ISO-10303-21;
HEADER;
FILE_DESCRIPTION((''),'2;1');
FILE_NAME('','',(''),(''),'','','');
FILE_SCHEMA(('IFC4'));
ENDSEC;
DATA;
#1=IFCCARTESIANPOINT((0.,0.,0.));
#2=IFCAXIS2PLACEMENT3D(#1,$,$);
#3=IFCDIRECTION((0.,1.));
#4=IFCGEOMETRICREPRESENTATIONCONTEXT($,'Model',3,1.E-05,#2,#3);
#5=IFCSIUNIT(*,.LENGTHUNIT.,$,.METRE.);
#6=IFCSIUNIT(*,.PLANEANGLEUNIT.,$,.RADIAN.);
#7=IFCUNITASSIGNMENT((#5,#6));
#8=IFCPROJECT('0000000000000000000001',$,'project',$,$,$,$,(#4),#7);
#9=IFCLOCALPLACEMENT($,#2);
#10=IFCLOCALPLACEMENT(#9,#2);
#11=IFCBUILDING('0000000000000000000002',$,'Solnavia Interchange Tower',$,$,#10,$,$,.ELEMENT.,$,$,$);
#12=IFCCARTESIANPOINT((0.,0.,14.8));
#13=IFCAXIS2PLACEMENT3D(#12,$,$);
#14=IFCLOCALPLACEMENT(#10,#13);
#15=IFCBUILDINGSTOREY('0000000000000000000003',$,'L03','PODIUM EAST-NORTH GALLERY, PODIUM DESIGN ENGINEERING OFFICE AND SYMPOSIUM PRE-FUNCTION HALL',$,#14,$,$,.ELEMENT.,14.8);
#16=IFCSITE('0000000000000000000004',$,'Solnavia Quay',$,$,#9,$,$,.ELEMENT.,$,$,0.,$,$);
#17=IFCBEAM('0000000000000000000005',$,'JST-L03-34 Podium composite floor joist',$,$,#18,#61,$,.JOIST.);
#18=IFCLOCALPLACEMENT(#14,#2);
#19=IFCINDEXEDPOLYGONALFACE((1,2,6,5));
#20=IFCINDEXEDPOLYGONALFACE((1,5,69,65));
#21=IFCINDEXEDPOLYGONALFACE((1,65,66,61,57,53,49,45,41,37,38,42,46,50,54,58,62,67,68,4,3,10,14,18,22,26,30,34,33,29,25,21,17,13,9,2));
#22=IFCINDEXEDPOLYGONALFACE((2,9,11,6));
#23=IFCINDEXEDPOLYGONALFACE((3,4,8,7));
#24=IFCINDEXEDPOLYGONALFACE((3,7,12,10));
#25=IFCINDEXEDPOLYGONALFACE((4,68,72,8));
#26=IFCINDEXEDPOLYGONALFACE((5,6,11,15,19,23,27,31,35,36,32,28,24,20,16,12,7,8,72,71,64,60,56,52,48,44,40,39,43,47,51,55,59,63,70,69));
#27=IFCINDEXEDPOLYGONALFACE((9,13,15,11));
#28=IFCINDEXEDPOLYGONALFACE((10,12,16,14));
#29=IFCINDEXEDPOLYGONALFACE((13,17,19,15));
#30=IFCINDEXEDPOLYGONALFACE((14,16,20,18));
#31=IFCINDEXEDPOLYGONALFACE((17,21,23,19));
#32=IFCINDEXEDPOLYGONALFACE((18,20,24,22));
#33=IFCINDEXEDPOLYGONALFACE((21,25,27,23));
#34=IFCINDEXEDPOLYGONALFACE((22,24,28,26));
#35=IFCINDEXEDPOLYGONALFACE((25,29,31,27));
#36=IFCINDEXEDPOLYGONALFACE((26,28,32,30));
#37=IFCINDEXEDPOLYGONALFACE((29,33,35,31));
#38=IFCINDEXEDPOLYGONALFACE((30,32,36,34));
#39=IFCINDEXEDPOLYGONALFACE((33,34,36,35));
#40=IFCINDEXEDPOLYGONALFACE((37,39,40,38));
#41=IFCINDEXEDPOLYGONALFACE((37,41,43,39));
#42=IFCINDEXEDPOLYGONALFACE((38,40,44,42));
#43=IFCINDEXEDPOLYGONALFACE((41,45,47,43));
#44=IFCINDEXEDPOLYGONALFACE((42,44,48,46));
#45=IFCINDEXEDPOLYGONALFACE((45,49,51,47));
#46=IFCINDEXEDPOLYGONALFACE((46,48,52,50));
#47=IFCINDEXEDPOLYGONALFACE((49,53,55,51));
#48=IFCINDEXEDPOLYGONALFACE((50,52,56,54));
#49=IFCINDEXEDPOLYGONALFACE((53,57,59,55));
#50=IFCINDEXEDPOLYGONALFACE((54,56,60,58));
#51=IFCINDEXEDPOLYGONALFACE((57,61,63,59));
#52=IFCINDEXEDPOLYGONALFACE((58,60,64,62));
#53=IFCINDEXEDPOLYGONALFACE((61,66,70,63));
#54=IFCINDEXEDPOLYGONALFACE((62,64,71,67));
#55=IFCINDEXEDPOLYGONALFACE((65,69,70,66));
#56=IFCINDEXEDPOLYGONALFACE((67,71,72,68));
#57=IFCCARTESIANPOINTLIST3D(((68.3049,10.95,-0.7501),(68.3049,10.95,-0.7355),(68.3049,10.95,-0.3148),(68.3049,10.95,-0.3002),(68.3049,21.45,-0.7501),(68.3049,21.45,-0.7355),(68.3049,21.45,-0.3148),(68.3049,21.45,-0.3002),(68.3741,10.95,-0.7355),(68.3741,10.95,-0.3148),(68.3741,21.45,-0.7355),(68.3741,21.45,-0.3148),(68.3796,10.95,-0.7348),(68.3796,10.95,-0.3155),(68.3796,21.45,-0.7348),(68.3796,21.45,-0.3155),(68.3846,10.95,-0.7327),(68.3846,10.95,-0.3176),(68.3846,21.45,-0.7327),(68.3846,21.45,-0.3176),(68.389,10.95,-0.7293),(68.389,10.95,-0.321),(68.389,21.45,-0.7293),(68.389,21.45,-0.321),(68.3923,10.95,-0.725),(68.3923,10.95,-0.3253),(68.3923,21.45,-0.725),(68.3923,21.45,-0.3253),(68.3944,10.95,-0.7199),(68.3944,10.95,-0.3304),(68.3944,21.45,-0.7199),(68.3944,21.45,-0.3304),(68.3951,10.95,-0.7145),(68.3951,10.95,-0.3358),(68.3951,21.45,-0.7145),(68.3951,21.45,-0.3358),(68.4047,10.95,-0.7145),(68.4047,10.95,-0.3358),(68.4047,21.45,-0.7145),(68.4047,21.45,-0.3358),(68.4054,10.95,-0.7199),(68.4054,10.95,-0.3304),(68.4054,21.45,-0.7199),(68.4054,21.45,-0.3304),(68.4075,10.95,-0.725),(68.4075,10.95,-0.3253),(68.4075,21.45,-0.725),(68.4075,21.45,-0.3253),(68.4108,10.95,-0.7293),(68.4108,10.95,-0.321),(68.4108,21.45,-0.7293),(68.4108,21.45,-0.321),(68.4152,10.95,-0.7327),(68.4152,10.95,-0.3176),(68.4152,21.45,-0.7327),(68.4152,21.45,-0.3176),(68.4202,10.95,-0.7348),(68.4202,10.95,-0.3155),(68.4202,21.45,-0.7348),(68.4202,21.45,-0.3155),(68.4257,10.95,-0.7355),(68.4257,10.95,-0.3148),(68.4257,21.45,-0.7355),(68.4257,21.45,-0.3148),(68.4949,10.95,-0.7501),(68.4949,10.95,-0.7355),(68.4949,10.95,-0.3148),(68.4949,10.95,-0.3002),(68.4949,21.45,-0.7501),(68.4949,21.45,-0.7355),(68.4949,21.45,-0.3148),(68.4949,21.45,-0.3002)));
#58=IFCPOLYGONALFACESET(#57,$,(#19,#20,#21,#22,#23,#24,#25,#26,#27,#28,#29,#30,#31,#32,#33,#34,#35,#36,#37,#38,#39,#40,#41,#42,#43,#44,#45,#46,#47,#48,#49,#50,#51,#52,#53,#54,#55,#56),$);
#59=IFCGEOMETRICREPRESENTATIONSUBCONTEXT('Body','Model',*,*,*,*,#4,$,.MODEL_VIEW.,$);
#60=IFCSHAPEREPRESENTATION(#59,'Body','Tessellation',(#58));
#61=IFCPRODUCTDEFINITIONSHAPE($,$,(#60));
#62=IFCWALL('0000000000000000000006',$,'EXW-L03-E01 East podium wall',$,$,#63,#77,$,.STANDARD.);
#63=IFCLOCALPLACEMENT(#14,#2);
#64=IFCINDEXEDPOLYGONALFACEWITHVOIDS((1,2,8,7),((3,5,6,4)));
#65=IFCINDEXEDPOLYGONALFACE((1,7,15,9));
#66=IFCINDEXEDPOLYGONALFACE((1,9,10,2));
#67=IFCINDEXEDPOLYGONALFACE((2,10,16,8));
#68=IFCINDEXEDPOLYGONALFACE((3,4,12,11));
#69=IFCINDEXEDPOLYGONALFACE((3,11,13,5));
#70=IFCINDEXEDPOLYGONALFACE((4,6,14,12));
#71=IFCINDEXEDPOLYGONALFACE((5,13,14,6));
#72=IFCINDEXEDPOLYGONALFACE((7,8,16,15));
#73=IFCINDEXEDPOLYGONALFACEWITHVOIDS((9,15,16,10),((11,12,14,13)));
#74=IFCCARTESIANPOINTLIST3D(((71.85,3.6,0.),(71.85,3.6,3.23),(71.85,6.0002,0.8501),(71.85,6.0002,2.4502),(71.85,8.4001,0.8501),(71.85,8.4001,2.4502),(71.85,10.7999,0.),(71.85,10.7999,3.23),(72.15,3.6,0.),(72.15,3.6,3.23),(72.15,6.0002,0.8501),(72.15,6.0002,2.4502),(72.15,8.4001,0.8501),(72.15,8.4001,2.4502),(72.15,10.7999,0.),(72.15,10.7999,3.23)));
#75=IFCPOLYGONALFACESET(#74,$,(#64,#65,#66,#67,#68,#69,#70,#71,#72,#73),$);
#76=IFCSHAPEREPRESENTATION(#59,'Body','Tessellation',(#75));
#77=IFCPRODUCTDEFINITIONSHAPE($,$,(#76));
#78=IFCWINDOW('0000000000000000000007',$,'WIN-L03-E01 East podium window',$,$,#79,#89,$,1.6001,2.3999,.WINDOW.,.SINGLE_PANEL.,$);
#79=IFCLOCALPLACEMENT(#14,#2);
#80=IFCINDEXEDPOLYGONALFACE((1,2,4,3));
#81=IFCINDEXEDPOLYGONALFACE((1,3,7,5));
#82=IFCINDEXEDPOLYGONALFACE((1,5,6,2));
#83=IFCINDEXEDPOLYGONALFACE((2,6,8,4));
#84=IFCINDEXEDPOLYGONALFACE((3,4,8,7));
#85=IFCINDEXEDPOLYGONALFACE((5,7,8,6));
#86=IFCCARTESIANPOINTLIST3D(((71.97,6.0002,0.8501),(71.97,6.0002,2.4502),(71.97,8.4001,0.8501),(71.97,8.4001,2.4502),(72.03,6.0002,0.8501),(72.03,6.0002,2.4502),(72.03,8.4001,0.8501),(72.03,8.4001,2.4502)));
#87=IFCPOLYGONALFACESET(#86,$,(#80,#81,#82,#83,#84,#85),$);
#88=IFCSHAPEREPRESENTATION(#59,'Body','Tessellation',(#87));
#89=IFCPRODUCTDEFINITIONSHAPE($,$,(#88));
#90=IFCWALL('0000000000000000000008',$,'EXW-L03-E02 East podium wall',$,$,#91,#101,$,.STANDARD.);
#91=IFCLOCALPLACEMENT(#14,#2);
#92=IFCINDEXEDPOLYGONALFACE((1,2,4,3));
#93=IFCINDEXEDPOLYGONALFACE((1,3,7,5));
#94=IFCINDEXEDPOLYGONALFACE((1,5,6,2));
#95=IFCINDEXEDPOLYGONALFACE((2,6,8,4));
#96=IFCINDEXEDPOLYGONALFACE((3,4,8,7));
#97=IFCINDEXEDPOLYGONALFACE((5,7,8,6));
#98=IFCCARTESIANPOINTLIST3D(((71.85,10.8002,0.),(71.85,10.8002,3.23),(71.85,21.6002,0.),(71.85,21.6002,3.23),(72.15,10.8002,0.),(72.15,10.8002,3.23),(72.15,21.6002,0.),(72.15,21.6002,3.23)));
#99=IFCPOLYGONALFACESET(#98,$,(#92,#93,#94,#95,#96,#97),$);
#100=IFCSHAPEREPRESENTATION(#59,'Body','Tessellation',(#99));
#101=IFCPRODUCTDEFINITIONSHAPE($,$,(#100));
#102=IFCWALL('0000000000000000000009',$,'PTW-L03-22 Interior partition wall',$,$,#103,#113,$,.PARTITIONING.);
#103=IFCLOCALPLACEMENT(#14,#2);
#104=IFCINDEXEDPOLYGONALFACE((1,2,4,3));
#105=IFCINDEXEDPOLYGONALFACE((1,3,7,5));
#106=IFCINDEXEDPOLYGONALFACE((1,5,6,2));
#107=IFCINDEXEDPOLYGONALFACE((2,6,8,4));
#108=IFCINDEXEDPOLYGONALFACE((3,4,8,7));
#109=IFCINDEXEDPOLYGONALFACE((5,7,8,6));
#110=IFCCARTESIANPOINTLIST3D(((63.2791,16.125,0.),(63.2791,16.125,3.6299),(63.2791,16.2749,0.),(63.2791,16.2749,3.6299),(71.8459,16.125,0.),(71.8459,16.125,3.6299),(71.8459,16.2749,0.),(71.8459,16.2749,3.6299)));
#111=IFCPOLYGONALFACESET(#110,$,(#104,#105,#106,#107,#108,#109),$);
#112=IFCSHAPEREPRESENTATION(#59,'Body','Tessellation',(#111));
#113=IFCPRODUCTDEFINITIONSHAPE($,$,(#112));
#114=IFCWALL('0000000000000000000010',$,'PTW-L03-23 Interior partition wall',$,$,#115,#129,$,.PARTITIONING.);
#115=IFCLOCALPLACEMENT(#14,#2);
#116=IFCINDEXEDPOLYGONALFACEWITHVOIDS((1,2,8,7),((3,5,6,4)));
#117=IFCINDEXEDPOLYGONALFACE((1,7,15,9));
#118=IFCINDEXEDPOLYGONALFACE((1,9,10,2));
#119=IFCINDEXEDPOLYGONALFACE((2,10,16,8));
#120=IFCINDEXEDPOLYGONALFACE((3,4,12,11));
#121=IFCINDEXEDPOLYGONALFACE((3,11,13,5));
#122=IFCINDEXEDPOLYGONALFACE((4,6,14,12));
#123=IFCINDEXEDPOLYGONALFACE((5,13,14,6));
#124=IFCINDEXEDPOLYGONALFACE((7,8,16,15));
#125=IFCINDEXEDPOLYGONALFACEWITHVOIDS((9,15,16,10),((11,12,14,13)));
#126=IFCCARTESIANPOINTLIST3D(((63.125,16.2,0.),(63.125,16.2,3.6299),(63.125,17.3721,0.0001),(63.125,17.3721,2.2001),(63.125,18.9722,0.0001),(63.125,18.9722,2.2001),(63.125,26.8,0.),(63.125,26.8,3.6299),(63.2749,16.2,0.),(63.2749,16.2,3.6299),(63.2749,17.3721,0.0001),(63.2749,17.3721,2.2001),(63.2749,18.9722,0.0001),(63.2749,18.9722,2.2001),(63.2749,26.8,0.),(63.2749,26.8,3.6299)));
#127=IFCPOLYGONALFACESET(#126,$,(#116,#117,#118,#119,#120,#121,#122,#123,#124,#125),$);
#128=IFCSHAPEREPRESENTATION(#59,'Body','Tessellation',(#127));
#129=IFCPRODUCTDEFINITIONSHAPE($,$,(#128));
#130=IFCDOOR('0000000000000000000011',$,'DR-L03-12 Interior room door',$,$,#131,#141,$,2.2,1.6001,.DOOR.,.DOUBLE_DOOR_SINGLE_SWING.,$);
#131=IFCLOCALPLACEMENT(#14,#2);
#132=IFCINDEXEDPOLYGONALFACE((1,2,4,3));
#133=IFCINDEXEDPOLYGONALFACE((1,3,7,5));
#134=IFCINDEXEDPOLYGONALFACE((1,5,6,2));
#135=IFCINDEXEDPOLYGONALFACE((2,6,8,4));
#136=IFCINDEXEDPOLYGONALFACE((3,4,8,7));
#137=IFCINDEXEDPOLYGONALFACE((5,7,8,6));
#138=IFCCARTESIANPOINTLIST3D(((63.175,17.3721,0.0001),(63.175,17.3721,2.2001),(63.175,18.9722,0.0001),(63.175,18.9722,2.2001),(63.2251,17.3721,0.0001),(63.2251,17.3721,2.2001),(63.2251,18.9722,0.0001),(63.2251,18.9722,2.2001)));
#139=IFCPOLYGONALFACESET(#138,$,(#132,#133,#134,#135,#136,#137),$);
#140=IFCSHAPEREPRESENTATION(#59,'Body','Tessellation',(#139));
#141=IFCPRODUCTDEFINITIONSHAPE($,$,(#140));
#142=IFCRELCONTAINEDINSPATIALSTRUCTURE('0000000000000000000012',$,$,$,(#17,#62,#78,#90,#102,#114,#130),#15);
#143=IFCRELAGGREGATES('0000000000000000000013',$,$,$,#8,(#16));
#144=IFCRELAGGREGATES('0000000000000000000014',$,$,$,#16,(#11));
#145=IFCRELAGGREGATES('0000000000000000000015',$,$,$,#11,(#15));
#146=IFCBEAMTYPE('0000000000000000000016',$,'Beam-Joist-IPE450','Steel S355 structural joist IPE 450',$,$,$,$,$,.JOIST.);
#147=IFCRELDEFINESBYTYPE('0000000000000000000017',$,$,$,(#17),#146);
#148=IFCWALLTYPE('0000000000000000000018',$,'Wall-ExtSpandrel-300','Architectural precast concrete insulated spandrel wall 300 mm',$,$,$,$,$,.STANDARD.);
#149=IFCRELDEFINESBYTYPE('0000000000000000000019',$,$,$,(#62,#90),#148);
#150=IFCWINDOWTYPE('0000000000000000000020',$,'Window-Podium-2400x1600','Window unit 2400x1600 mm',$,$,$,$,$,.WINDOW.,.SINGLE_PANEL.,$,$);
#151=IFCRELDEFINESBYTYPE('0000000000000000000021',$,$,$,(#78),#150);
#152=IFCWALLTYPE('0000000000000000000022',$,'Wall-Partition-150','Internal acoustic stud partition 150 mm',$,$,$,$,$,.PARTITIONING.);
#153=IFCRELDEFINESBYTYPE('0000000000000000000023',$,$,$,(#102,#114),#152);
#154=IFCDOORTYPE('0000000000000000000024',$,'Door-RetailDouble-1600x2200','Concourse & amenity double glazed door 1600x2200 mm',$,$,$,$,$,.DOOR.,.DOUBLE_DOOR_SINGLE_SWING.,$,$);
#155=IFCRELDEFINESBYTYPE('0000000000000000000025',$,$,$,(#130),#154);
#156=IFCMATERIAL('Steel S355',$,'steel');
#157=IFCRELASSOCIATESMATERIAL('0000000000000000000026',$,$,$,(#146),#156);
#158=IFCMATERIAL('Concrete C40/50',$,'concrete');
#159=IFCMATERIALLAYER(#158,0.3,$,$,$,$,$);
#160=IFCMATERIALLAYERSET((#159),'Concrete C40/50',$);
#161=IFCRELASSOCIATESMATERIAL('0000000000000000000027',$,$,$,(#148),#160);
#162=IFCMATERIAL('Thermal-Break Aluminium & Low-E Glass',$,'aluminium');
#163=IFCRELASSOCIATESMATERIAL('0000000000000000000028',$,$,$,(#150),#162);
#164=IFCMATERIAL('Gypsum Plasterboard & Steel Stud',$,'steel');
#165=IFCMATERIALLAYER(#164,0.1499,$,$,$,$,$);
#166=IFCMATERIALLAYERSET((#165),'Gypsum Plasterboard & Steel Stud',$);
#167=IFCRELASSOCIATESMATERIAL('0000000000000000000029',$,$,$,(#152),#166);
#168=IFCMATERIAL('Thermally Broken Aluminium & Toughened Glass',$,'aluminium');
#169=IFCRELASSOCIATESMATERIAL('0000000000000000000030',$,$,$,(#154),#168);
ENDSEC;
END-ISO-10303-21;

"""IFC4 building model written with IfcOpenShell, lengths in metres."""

from ifc_helpers import new_model, si_unit, direction, frame, frame_2d, origin, origin_2d, place, context, subcontext, project, spatial, rectangle, i_section, extrude, material, layer, layer_set, material_profile, profile_set, type_object, element, fill, save


model = new_model("IFC4")

# Units and contexts
model_context = context("Model", 3, precision=1e-05, world=origin(), true_north=direction((0.0, 1.0)))
body_context = subcontext(model_context, "Body", "Model", "MODEL_VIEW")
ifc_project = project(units=[si_unit("LENGTHUNIT", "METRE"), si_unit("PLANEANGLEUNIT", "RADIAN")], contexts=[model_context])

# Site, building, storey
site_placement = place(None, origin())
site = spatial("IfcSite", under=ifc_project, at=site_placement, Name="Solnavia Quay", CompositionType="ELEMENT", RefElevation=0.0)
building_placement = place(site_placement, origin())
building = spatial("IfcBuilding", under=site, at=building_placement, Name="Solnavia Interchange Tower", CompositionType="ELEMENT")
storey_placement = place(building_placement, frame((0.0, 0.0, 14.8)))
storey = spatial("IfcBuildingStorey", under=building, at=storey_placement, Name="L03", Description="PODIUM EAST-NORTH GALLERY, PODIUM DESIGN ENGINEERING OFFICE AND SYMPOSIUM PRE-FUNCTION HALL", CompositionType="ELEMENT", Elevation=14.8)

# Beam
ifc_material_1 = material(Name="Steel S355", Category="steel")
ifc_material_profile_1 = material_profile(ifc_material_1, i_section(OverallWidth=0.1899, OverallDepth=0.45, WebThickness=0.0095, FlangeThickness=0.0146, FilletRadius=0.021, at=origin_2d()), Name="IPE 450")
ifc_profile_set_1 = profile_set([ifc_material_profile_1], Name="Steel S355")
beam_type_1 = type_object("IfcBeamType", Name="Beam-Joist-IPE450", Description="Steel S355 structural joist IPE 450", PredefinedType="JOIST", material=ifc_profile_set_1)
for number, where, z_axis, x_axis, name in (
    (1, (68.3999, 10.95, -0.5251), (0.0, 1.0, 0.0), (-1.0, 0.0, 0.0), "JST-L03-34 Podium composite floor joist"),
):
    element("IfcBeam", number, at=place(storey_placement, frame(where, z_axis=z_axis, x_axis=x_axis)), inside=storey, type_object=beam_type_1, Name=name, PredefinedType="JOIST", context=body_context, shape_type="SweptSolid", body=[
        extrude(i_section(OverallWidth=0.1899, OverallDepth=0.45, WebThickness=0.0095, FlangeThickness=0.0146, FilletRadius=0.021, at=origin_2d()), origin(), (0.0, 0.0, 1.0), 10.5),
    ])

# Wall, opening, window
ifc_material_2 = material(Name="Concrete C40/50", Category="concrete")
ifc_layer_1 = layer(ifc_material_2, 0.3)
ifc_layer_set_1 = layer_set([ifc_layer_1], Name="Concrete C40/50")
wall_type_1 = type_object("IfcWallType", Name="Wall-ExtSpandrel-300", Description="Architectural precast concrete insulated spandrel wall 300 mm", PredefinedType="STANDARD", material=ifc_layer_set_1)
wall_1_placement = place(storey_placement, frame((72.0, 10.8, 0.0), z_axis=(0.0, 0.0, 1.0), x_axis=(0.0, -1.0, 0.0)))
wall_1 = element("IfcWall", 2, at=wall_1_placement, inside=storey, type_object=wall_type_1, Name="EXW-L03-E01 East podium wall", PredefinedType="STANDARD", context=body_context, shape_type="SweptSolid", body=[
    extrude(rectangle(XDim=7.2, YDim=0.3, at=frame_2d((3.6001, 0.0))), origin(), (0.0, 0.0, 1.0), 3.23),
])
opening_1_placement = place(wall_1_placement, frame((2.3999, 0.0, 0.8501)))
opening_1 = element("IfcOpeningElement", 3, at=opening_1_placement, cuts=wall_1, PredefinedType="OPENING", context=body_context, shape_type="SweptSolid", body=[
    extrude(rectangle(XDim=2.3999, YDim=1.6001, at=frame_2d((1.2, 0.8))), frame((0.0, 0.1602, 0.0), z_axis=(0.0, -1.0, 0.0), x_axis=(1.0, 0.0, 0.0)), (0.0, 0.0, 1.0), 0.3201),
])
ifc_material_3 = material(Name="Thermal-Break Aluminium & Low-E Glass", Category="aluminium")
window_type = type_object("IfcWindowType", Name="Window-Podium-2400x1600", Description="Window unit 2400x1600 mm", PartitioningType="SINGLE_PANEL", PredefinedType="WINDOW", material=ifc_material_3)
window_placement = place(opening_1_placement, origin())
window = element("IfcWindow", 4, at=window_placement, inside=storey, type_object=window_type, Name="WIN-L03-E01 East podium window", OverallHeight=1.6001, OverallWidth=2.3999, PartitioningType="SINGLE_PANEL", PredefinedType="WINDOW", context=body_context, shape_type="SweptSolid", body=[
    extrude(rectangle(XDim=2.3999, YDim=1.6001, at=frame_2d((1.2, 0.8))), frame((0.0, 0.03, 0.0), z_axis=(0.0, -1.0, 0.0), x_axis=(1.0, 0.0, 0.0)), (0.0, 0.0, 1.0), 0.0601),
])
fill(opening_1, window)

# Walls
wall_2_placement = place(storey_placement, frame((72.0, 21.6001, 0.0), z_axis=(0.0, 0.0, 1.0), x_axis=(0.0, -1.0, 0.0)))
element("IfcWall", 5, at=wall_2_placement, inside=storey, type_object=wall_type_1, Name="EXW-L03-E02 East podium wall", PredefinedType="STANDARD", context=body_context, shape_type="SweptSolid", body=[
    extrude(rectangle(XDim=10.8, YDim=0.3, at=frame_2d((5.3999, 0.0))), origin(), (0.0, 0.0, 1.0), 3.23),
])
ifc_material_4 = material(Name="Gypsum Plasterboard & Steel Stud", Category="steel")
ifc_layer_2 = layer(ifc_material_4, 0.1499)
ifc_layer_set_2 = layer_set([ifc_layer_2], Name="Gypsum Plasterboard & Steel Stud")
wall_type_2 = type_object("IfcWallType", Name="Wall-Partition-150", Description="Internal acoustic stud partition 150 mm", PredefinedType="PARTITIONING", material=ifc_layer_set_2)
wall_3_placement = place(storey_placement, frame((63.2791, 16.2, 0.0), z_axis=(0.0, 0.0, 1.0), x_axis=(1.0, 0.0, 0.0)))
element("IfcWall", 6, at=wall_3_placement, inside=storey, type_object=wall_type_2, Name="PTW-L03-22 Interior partition wall", PredefinedType="PARTITIONING", context=body_context, shape_type="SweptSolid", body=[
    extrude(rectangle(XDim=8.5669, YDim=0.1499, at=frame_2d((4.2834, 0.0))), origin(), (0.0, 0.0, 1.0), 3.6299),
])

# Wall, opening, door
wall_4_placement = place(storey_placement, frame((63.2, 16.2, 0.0), z_axis=(0.0, 0.0, 1.0), x_axis=(0.0, 1.0, 0.0)))
wall_4 = element("IfcWall", 7, at=wall_4_placement, inside=storey, type_object=wall_type_2, Name="PTW-L03-23 Interior partition wall", PredefinedType="PARTITIONING", context=body_context, shape_type="SweptSolid", body=[
    extrude(rectangle(XDim=10.6001, YDim=0.1499, at=frame_2d((5.3, 0.0))), origin(), (0.0, 0.0, 1.0), 3.6299),
])
opening_2_placement = place(wall_4_placement, frame((1.1721, 0.0, 0.0)))
opening_2 = element("IfcOpeningElement", 8, at=opening_2_placement, cuts=wall_4, PredefinedType="OPENING", context=body_context, shape_type="SweptSolid", body=[
    extrude(rectangle(XDim=1.6001, YDim=2.2, at=frame_2d((0.8, 1.1001))), frame((0.0, 0.085, 0.0), z_axis=(0.0, -1.0, 0.0), x_axis=(1.0, 0.0, 0.0)), (0.0, 0.0, 1.0), 0.1699),
])
ifc_material_5 = material(Name="Thermally Broken Aluminium & Toughened Glass", Category="aluminium")
door_type = type_object("IfcDoorType", Name="Door-RetailDouble-1600x2200", Description="Concourse & amenity double glazed door 1600x2200 mm", OperationType="DOUBLE_DOOR_SINGLE_SWING", PredefinedType="DOOR", material=ifc_material_5)
door_placement = place(opening_2_placement, origin())
door = element("IfcDoor", 9, at=door_placement, inside=storey, type_object=door_type, Name="DR-L03-12 Interior room door", OperationType="DOUBLE_DOOR_SINGLE_SWING", OverallHeight=2.2, OverallWidth=1.6001, PredefinedType="DOOR", context=body_context, shape_type="SweptSolid", body=[
    extrude(rectangle(XDim=1.6001, YDim=2.2, at=frame_2d((0.8, 1.1001))), frame((0.0, 0.0249, 0.0), z_axis=(0.0, -1.0, 0.0), x_axis=(1.0, 0.0, 0.0)), (0.0, 0.0, 1.0), 0.05),
])
fill(opening_2, door)

save(model, "model.ifc")
